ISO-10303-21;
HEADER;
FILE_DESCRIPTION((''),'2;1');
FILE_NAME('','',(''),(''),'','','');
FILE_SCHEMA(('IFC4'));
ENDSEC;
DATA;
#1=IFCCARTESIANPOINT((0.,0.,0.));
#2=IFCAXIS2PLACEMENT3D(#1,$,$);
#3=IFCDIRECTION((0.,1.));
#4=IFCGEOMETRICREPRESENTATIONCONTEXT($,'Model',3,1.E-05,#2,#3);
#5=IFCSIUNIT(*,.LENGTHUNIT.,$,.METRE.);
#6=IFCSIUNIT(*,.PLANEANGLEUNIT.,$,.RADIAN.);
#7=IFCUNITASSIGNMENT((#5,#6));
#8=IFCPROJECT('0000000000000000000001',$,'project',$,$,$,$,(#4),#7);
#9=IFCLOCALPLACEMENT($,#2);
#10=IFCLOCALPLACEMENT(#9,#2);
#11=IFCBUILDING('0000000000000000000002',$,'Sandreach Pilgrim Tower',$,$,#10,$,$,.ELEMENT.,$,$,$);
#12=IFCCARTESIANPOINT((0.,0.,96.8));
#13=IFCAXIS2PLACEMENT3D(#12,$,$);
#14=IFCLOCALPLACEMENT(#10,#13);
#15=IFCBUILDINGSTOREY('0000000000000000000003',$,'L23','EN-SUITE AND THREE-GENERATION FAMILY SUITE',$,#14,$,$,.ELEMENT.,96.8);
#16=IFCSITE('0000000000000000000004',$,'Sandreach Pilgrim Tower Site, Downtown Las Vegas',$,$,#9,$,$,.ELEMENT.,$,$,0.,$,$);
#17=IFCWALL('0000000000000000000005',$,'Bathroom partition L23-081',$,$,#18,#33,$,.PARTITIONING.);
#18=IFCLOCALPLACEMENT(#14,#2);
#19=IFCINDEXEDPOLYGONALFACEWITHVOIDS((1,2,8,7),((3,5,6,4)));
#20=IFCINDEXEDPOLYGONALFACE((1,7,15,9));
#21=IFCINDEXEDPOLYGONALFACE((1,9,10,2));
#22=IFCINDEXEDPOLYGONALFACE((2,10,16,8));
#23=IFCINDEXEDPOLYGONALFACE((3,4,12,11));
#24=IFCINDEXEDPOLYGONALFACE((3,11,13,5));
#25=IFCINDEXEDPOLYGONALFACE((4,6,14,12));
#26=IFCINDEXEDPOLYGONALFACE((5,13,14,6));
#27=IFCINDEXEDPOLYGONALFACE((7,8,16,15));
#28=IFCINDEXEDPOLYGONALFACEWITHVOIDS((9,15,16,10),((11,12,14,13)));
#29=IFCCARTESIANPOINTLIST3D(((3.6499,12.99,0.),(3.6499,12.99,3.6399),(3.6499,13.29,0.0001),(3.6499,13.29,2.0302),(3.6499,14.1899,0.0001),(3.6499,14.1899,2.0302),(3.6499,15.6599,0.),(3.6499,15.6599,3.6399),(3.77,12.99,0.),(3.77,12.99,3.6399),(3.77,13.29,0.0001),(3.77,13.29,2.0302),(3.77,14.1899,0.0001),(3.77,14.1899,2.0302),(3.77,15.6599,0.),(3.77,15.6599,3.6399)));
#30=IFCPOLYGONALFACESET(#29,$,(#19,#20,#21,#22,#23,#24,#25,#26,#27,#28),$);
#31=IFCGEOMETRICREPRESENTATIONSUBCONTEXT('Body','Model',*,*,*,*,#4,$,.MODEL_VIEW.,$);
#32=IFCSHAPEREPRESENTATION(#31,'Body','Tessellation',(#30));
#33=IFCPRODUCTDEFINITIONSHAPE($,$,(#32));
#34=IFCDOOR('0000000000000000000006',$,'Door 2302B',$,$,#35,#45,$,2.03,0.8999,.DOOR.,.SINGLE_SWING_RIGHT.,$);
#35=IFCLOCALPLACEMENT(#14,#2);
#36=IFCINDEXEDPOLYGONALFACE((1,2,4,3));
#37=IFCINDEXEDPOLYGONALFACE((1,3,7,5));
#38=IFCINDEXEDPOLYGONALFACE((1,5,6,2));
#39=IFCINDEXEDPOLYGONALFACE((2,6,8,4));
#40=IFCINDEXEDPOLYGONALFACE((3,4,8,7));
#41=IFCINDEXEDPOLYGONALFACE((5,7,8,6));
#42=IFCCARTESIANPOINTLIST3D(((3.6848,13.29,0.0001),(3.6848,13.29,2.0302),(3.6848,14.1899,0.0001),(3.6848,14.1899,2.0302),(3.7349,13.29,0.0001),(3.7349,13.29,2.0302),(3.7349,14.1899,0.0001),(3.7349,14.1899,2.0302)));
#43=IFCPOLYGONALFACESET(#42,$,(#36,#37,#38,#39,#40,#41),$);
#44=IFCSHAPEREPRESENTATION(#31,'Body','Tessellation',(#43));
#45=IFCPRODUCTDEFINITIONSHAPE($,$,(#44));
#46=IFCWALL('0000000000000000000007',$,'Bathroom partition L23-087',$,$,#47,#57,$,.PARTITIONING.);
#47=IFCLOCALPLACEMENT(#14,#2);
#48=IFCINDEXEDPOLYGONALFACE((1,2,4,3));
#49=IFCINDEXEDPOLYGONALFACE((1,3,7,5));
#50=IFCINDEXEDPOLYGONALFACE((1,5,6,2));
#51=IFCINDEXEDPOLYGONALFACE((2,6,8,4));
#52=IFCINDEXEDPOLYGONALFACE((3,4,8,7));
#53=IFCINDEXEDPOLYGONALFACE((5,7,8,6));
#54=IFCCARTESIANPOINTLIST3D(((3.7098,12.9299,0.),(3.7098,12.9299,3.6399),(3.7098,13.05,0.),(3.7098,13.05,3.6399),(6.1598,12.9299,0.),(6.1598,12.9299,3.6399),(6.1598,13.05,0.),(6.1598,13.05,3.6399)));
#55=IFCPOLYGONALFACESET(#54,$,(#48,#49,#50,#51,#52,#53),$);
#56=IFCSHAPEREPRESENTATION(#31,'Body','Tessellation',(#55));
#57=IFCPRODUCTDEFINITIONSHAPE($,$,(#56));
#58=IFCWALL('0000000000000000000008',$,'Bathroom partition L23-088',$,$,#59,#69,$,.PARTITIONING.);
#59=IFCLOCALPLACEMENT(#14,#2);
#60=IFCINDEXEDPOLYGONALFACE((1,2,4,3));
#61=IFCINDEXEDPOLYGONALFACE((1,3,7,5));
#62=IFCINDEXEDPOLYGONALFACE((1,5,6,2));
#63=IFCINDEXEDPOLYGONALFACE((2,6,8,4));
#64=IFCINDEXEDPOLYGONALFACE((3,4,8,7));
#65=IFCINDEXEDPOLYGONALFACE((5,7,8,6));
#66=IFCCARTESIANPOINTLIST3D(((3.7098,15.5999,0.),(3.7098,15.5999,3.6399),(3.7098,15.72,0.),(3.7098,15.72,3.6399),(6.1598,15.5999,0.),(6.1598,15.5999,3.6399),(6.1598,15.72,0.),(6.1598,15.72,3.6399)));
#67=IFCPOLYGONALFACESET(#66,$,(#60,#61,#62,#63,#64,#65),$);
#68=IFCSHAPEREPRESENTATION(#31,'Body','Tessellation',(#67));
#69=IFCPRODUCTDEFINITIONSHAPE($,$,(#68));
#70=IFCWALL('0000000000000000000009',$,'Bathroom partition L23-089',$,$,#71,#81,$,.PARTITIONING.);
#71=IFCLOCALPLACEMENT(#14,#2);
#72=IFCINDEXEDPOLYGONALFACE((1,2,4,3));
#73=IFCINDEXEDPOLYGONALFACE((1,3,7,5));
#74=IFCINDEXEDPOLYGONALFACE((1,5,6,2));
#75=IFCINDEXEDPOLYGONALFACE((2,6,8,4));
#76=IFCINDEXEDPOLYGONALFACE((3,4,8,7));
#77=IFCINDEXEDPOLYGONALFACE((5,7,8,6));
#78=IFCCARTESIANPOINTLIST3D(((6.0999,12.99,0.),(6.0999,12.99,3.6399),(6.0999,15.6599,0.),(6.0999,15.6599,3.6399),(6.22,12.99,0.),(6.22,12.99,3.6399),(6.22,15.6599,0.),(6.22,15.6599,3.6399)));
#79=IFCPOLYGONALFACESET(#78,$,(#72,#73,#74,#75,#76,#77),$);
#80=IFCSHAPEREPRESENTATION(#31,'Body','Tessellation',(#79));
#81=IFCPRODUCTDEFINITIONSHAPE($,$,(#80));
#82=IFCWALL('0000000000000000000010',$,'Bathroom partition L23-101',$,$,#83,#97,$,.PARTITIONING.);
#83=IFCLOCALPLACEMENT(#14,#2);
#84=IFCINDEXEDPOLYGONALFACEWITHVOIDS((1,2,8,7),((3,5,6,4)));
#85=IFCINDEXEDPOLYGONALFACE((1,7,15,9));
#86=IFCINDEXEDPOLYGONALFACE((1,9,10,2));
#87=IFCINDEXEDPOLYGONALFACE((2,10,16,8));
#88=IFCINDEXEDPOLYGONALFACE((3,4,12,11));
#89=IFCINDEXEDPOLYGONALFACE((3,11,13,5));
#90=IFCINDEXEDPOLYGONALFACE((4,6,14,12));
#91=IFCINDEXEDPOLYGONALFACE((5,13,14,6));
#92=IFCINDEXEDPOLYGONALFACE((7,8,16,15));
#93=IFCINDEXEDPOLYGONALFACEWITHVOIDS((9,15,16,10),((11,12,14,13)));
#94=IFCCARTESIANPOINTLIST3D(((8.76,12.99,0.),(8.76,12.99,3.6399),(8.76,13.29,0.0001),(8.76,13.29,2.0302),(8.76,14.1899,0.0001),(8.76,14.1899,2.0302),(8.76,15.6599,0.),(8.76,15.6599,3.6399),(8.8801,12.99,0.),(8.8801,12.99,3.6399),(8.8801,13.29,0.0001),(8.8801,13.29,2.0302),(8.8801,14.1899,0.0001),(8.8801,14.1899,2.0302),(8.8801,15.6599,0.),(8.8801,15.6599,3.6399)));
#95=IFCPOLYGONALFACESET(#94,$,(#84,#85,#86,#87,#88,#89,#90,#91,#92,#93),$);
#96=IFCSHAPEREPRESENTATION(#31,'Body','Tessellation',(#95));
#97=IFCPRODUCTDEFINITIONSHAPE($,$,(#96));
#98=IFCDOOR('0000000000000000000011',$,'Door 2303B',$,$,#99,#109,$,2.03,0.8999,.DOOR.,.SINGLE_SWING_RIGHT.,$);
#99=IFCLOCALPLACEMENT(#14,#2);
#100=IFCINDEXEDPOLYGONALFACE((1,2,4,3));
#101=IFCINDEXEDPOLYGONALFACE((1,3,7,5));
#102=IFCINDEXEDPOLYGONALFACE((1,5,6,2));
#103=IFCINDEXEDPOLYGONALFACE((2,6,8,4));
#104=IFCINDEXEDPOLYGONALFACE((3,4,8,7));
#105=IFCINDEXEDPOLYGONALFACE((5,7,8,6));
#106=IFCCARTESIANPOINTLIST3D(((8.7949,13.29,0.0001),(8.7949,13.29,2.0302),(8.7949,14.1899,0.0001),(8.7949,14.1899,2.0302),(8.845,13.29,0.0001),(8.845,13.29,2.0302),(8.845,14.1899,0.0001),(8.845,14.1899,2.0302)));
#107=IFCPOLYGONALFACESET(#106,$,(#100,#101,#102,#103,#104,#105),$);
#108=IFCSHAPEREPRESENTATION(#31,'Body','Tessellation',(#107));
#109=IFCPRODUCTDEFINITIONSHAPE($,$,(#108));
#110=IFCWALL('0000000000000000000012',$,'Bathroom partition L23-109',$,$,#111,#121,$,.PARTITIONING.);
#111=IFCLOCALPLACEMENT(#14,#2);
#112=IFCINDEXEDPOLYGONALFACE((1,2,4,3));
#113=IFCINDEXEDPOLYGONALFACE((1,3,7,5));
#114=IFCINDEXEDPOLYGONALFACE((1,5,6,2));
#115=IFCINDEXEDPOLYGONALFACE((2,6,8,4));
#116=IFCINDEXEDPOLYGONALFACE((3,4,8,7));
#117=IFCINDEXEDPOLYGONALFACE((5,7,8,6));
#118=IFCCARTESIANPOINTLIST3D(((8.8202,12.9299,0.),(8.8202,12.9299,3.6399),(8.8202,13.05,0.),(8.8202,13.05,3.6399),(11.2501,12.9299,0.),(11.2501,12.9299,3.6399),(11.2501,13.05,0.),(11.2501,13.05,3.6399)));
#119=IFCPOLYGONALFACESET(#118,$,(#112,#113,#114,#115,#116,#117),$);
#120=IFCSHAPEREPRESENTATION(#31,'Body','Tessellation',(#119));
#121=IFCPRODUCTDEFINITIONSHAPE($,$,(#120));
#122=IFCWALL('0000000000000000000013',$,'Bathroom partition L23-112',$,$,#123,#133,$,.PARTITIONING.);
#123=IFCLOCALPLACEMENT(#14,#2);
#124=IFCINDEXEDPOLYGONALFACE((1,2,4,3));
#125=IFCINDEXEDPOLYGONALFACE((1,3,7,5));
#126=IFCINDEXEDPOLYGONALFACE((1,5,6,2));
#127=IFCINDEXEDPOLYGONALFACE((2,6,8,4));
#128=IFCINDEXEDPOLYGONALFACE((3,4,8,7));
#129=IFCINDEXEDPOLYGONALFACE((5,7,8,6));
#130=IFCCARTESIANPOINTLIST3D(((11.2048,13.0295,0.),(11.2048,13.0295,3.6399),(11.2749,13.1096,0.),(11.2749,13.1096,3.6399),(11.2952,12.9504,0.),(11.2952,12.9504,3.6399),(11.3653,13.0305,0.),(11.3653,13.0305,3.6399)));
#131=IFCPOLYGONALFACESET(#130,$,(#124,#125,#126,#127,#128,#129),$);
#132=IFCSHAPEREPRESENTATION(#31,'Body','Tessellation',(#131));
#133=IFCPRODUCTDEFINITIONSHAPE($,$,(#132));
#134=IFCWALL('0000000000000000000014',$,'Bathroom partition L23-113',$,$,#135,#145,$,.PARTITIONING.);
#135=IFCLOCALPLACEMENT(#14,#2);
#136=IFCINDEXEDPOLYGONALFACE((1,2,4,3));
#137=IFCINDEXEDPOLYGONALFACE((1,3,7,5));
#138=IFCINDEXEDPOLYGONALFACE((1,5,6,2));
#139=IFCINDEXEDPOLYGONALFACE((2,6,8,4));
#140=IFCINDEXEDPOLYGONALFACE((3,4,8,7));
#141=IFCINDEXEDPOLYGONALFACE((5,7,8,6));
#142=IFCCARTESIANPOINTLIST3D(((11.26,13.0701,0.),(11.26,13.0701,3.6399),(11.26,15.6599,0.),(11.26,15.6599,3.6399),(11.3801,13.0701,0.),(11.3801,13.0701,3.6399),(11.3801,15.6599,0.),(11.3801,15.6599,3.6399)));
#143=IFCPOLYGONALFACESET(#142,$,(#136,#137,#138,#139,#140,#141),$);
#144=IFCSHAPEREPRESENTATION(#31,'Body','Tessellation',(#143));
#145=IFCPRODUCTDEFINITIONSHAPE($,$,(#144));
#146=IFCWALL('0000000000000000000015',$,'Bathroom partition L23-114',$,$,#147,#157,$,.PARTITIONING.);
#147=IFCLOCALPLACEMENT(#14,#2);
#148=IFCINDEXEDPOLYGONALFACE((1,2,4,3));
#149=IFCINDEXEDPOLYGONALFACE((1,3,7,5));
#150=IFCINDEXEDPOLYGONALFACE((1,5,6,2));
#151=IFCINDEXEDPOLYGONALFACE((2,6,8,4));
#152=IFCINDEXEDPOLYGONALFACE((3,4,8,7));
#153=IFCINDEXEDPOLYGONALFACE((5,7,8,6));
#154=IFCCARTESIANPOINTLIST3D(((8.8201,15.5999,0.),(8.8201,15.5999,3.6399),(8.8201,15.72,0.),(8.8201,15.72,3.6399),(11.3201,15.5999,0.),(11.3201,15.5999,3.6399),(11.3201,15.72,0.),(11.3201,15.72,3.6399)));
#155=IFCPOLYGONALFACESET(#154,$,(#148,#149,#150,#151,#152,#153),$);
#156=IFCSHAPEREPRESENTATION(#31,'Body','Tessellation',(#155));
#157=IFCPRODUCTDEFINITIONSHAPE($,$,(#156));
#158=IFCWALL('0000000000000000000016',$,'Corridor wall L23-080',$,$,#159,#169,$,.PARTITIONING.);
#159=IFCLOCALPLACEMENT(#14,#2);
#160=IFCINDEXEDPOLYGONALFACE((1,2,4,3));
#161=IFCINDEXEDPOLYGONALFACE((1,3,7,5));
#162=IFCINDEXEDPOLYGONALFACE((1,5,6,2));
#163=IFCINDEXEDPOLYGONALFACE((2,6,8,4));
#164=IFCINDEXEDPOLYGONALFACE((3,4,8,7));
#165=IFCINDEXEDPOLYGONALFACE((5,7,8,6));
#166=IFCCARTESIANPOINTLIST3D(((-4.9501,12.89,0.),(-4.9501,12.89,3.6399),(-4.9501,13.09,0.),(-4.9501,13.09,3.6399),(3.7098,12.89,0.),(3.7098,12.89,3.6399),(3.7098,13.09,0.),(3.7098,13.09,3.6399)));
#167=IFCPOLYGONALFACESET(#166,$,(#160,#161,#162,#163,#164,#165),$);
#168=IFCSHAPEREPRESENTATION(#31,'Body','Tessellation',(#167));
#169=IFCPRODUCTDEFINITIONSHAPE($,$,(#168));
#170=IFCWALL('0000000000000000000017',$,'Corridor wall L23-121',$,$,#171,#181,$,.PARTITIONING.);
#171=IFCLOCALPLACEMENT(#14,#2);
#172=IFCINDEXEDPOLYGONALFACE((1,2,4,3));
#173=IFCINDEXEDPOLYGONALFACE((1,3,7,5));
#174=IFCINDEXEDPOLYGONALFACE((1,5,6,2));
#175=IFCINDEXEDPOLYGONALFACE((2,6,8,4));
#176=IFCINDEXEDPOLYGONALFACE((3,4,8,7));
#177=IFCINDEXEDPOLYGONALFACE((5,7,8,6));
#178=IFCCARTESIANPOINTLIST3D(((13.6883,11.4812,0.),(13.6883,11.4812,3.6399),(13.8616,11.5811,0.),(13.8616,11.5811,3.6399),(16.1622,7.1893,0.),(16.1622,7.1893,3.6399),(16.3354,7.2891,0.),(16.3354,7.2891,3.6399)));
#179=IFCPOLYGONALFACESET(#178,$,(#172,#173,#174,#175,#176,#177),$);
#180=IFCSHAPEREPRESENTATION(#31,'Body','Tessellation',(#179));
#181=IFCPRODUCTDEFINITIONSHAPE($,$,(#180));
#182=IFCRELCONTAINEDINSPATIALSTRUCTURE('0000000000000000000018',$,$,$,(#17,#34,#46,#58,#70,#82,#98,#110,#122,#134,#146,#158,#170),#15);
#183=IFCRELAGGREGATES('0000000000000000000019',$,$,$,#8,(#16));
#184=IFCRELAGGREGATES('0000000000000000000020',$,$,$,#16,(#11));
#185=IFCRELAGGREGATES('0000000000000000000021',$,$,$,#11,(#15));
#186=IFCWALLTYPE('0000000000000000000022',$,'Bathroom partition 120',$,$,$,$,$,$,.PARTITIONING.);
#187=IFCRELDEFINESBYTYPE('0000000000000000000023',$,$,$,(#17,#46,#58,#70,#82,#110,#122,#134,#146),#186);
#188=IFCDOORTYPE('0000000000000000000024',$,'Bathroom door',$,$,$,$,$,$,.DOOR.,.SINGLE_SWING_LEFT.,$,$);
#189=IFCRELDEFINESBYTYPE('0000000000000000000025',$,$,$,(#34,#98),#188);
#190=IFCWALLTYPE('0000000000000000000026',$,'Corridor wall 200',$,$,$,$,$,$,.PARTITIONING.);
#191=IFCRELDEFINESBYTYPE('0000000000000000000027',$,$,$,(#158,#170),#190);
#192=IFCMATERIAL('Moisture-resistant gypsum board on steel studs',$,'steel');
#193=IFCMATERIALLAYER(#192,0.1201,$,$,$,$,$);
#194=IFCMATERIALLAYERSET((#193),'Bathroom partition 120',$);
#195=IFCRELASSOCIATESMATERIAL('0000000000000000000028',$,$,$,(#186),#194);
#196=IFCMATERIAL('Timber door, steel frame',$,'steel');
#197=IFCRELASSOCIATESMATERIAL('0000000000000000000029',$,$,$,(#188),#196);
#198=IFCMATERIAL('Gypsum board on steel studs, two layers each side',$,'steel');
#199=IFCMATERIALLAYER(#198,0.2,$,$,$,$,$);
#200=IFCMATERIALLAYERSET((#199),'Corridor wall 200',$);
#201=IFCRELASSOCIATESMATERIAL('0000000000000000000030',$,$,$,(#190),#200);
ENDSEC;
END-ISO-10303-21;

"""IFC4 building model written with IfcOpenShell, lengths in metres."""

from ifc_helpers import new_model, si_unit, direction, frame, frame_2d, origin, place, context, subcontext, project, spatial, rectangle, extrude, material, layer, layer_set, type_object, element, fill, save


model = new_model("IFC4")

# Units and contexts
model_context = context("Model", 3, precision=1e-05, world=origin(), true_north=direction((0.0, 1.0)))
body_context = subcontext(model_context, "Body", "Model", "MODEL_VIEW")
ifc_project = project(units=[si_unit("LENGTHUNIT", "METRE"), si_unit("PLANEANGLEUNIT", "RADIAN")], contexts=[model_context])

# Site, building, storey
site_placement = place(None, origin())
site = spatial("IfcSite", under=ifc_project, at=site_placement, Name="Sandreach Pilgrim Tower Site, Downtown Las Vegas", CompositionType="ELEMENT", RefElevation=0.0)
building_placement = place(site_placement, origin())
building = spatial("IfcBuilding", under=site, at=building_placement, Name="Sandreach Pilgrim Tower", CompositionType="ELEMENT")
storey_placement = place(building_placement, frame((0.0, 0.0, 96.8)))
storey = spatial("IfcBuildingStorey", under=building, at=storey_placement, Name="L23", Description="EN-SUITE AND THREE-GENERATION FAMILY SUITE", CompositionType="ELEMENT", Elevation=96.8)

# Wall, opening, door
ifc_material_1 = material(Name="Moisture-resistant gypsum board on steel studs", Category="steel")
ifc_layer_1 = layer(ifc_material_1, 0.1201)
ifc_layer_set_1 = layer_set([ifc_layer_1], Name="Bathroom partition 120")
wall_type_1 = type_object("IfcWallType", Name="Bathroom partition 120", PredefinedType="PARTITIONING", material=ifc_layer_set_1)
wall_1_placement = place(storey_placement, frame((3.71, 15.6599, 0.0), z_axis=(0.0, 0.0, 1.0), x_axis=(0.0, -1.0, 0.0)))
wall_1 = element("IfcWall", 1, at=wall_1_placement, inside=storey, type_object=wall_type_1, Name="Bathroom partition L23-081", PredefinedType="PARTITIONING", context=body_context, shape_type="SweptSolid", body=[
    extrude(rectangle(XDim=2.6699, YDim=0.1201, at=frame_2d((1.335, 0.0))), origin(), (0.0, 0.0, 1.0), 3.6399),
])
opening_1_placement = place(wall_1_placement, frame((1.47, 0.0, 0.0)))
opening_1 = element("IfcOpeningElement", 2, at=opening_1_placement, cuts=wall_1, PredefinedType="OPENING", context=body_context, shape_type="SweptSolid", body=[
    extrude(rectangle(XDim=0.8999, YDim=2.03, at=frame_2d((0.45, 1.0151))), frame((0.0, 0.0601, 0.0), z_axis=(0.0, -1.0, 0.0), x_axis=(1.0, 0.0, 0.0)), (0.0, 0.0, 1.0), 0.1201),
])
ifc_material_2 = material(Name="Timber door, steel frame", Category="steel")
door_type_1 = type_object("IfcDoorType", Name="Bathroom door", OperationType="SINGLE_SWING_LEFT", PredefinedType="DOOR", material=ifc_material_2)
door_1_placement = place(opening_1_placement, origin())
door_1 = element("IfcDoor", 3, at=door_1_placement, inside=storey, type_object=door_type_1, Name="Door 2302B", OperationType="SINGLE_SWING_RIGHT", OverallHeight=2.03, OverallWidth=0.8999, PredefinedType="DOOR", context=body_context, shape_type="SweptSolid", body=[
    extrude(rectangle(XDim=0.8999, YDim=2.03, at=frame_2d((0.45, 1.0151))), frame((0.0, 0.0249, 0.0), z_axis=(0.0, -1.0, 0.0), x_axis=(1.0, 0.0, 0.0)), (0.0, 0.0, 1.0), 0.05),
])
fill(opening_1, door_1)

# Walls
for number, where, z_axis, x_axis, name in (
    (4, (6.1599, 12.99, 0.0), (0.0, 0.0, 1.0), (-1.0, 0.0, 0.0), "Bathroom partition L23-087"),
    (5, (6.1599, 15.6599, 0.0), (0.0, 0.0, 1.0), (-1.0, 0.0, 0.0), "Bathroom partition L23-088"),
):
    element("IfcWall", number, at=place(storey_placement, frame(where, z_axis=z_axis, x_axis=x_axis)), inside=storey, type_object=wall_type_1, Name=name, PredefinedType="PARTITIONING", context=body_context, shape_type="SweptSolid", body=[
        extrude(rectangle(XDim=2.45, YDim=0.1201, at=frame_2d((1.2251, 0.0))), origin(), (0.0, 0.0, 1.0), 3.6399),
    ])
wall_2_placement = place(storey_placement, frame((6.1599, 15.6599, 0.0), z_axis=(0.0, 0.0, 1.0), x_axis=(0.0, -1.0, 0.0)))
element("IfcWall", 6, at=wall_2_placement, inside=storey, type_object=wall_type_1, Name="Bathroom partition L23-089", PredefinedType="PARTITIONING", context=body_context, shape_type="SweptSolid", body=[
    extrude(rectangle(XDim=2.6699, YDim=0.1201, at=frame_2d((1.335, 0.0))), origin(), (0.0, 0.0, 1.0), 3.6399),
])

# Wall, opening, door
wall_3_placement = place(storey_placement, frame((8.8201, 15.6599, 0.0), z_axis=(0.0, 0.0, 1.0), x_axis=(0.0, -1.0, 0.0)))
wall_3 = element("IfcWall", 7, at=wall_3_placement, inside=storey, type_object=wall_type_1, Name="Bathroom partition L23-101", PredefinedType="PARTITIONING", context=body_context, shape_type="SweptSolid", body=[
    extrude(rectangle(XDim=2.6699, YDim=0.1201, at=frame_2d((1.335, 0.0))), origin(), (0.0, 0.0, 1.0), 3.6399),
])
opening_2_placement = place(wall_3_placement, frame((1.47, 0.0, 0.0)))
opening_2 = element("IfcOpeningElement", 8, at=opening_2_placement, cuts=wall_3, PredefinedType="OPENING", context=body_context, shape_type="SweptSolid", body=[
    extrude(rectangle(XDim=0.8999, YDim=2.03, at=frame_2d((0.45, 1.0151))), frame((0.0, 0.0601, 0.0), z_axis=(0.0, -1.0, 0.0), x_axis=(1.0, 0.0, 0.0)), (0.0, 0.0, 1.0), 0.1201),
])
door_2_placement = place(opening_2_placement, origin())
door_2 = element("IfcDoor", 9, at=door_2_placement, inside=storey, type_object=door_type_1, Name="Door 2303B", OperationType="SINGLE_SWING_RIGHT", OverallHeight=2.03, OverallWidth=0.8999, PredefinedType="DOOR", context=body_context, shape_type="SweptSolid", body=[
    extrude(rectangle(XDim=0.8999, YDim=2.03, at=frame_2d((0.45, 1.0151))), frame((0.0, 0.0249, 0.0), z_axis=(0.0, -1.0, 0.0), x_axis=(1.0, 0.0, 0.0)), (0.0, 0.0, 1.0), 0.05),
])
fill(opening_2, door_2)

# Walls
wall_4_placement = place(storey_placement, frame((11.25, 12.99, 0.0), z_axis=(0.0, 0.0, 1.0), x_axis=(-1.0, 0.0, 0.0)))
element("IfcWall", 10, at=wall_4_placement, inside=storey, type_object=wall_type_1, Name="Bathroom partition L23-109", PredefinedType="PARTITIONING", context=body_context, shape_type="SweptSolid", body=[
    extrude(rectangle(XDim=2.4299, YDim=0.1201, at=frame_2d((1.2148, 0.0))), origin(), (0.0, 0.0, 1.0), 3.6399),
])
wall_5_placement = place(storey_placement, frame((11.3201, 13.0701, 0.0), z_axis=(0.0, 0.0, 1.0), x_axis=(-0.658505, -0.752577, 0.0)))
element("IfcWall", 11, at=wall_5_placement, inside=storey, type_object=wall_type_1, Name="Bathroom partition L23-112", PredefinedType="PARTITIONING", context=body_context, shape_type="SweptSolid", body=[
    extrude(rectangle(XDim=0.1064, YDim=0.1201, at=frame_2d((0.0532, 0.0))), origin(), (0.0, 0.0, 1.0), 3.6399),
])
wall_6_placement = place(storey_placement, frame((11.3201, 13.0701, 0.0), z_axis=(0.0, 0.0, 1.0), x_axis=(0.0, 1.0, 0.0)))
element("IfcWall", 12, at=wall_6_placement, inside=storey, type_object=wall_type_1, Name="Bathroom partition L23-113", PredefinedType="PARTITIONING", context=body_context, shape_type="SweptSolid", body=[
    extrude(rectangle(XDim=2.5898, YDim=0.1201, at=frame_2d((1.2949, 0.0))), origin(), (0.0, 0.0, 1.0), 3.6399),
])
wall_7_placement = place(storey_placement, frame((11.3201, 15.6599, 0.0), z_axis=(0.0, 0.0, 1.0), x_axis=(-1.0, 0.0, 0.0)))
element("IfcWall", 13, at=wall_7_placement, inside=storey, type_object=wall_type_1, Name="Bathroom partition L23-114", PredefinedType="PARTITIONING", context=body_context, shape_type="SweptSolid", body=[
    extrude(rectangle(XDim=2.5, YDim=0.1201, at=frame_2d((1.25, 0.0))), origin(), (0.0, 0.0, 1.0), 3.6399),
])
ifc_material_3 = material(Name="Gypsum board on steel studs, two layers each side", Category="steel")
ifc_layer_2 = layer(ifc_material_3, 0.2)
ifc_layer_set_2 = layer_set([ifc_layer_2], Name="Corridor wall 200")
wall_type_2 = type_object("IfcWallType", Name="Corridor wall 200", PredefinedType="PARTITIONING", material=ifc_layer_set_2)
wall_8_placement = place(storey_placement, frame((3.71, 12.99, 0.0), z_axis=(0.0, 0.0, 1.0), x_axis=(-1.0, 0.0, 0.0)))
element("IfcWall", 14, at=wall_8_placement, inside=storey, type_object=wall_type_2, Name="Corridor wall L23-080", PredefinedType="PARTITIONING", context=body_context, shape_type="SweptSolid", body=[
    extrude(rectangle(XDim=8.6599, YDim=0.2, at=frame_2d((4.3301, 0.0))), origin(), (0.0, 0.0, 1.0), 3.6399),
])

# Wall
wall_9_placement = place(storey_placement, frame((13.7749, 11.5312, 0.0), z_axis=(0.0, 0.0, 1.0), x_axis=(0.499378, -0.866384, 0.0)))
element("IfcWall", 15, at=wall_9_placement, inside=storey, type_object=wall_type_2, Name="Corridor wall L23-121", PredefinedType="PARTITIONING", context=body_context, shape_type="SweptSolid", body=[
    extrude(rectangle(XDim=4.9539, YDim=0.2, at=frame_2d((2.4771, 0.0))), origin(), (0.0, 0.0, 1.0), 3.6399),
])

save(model, "model.ifc")
